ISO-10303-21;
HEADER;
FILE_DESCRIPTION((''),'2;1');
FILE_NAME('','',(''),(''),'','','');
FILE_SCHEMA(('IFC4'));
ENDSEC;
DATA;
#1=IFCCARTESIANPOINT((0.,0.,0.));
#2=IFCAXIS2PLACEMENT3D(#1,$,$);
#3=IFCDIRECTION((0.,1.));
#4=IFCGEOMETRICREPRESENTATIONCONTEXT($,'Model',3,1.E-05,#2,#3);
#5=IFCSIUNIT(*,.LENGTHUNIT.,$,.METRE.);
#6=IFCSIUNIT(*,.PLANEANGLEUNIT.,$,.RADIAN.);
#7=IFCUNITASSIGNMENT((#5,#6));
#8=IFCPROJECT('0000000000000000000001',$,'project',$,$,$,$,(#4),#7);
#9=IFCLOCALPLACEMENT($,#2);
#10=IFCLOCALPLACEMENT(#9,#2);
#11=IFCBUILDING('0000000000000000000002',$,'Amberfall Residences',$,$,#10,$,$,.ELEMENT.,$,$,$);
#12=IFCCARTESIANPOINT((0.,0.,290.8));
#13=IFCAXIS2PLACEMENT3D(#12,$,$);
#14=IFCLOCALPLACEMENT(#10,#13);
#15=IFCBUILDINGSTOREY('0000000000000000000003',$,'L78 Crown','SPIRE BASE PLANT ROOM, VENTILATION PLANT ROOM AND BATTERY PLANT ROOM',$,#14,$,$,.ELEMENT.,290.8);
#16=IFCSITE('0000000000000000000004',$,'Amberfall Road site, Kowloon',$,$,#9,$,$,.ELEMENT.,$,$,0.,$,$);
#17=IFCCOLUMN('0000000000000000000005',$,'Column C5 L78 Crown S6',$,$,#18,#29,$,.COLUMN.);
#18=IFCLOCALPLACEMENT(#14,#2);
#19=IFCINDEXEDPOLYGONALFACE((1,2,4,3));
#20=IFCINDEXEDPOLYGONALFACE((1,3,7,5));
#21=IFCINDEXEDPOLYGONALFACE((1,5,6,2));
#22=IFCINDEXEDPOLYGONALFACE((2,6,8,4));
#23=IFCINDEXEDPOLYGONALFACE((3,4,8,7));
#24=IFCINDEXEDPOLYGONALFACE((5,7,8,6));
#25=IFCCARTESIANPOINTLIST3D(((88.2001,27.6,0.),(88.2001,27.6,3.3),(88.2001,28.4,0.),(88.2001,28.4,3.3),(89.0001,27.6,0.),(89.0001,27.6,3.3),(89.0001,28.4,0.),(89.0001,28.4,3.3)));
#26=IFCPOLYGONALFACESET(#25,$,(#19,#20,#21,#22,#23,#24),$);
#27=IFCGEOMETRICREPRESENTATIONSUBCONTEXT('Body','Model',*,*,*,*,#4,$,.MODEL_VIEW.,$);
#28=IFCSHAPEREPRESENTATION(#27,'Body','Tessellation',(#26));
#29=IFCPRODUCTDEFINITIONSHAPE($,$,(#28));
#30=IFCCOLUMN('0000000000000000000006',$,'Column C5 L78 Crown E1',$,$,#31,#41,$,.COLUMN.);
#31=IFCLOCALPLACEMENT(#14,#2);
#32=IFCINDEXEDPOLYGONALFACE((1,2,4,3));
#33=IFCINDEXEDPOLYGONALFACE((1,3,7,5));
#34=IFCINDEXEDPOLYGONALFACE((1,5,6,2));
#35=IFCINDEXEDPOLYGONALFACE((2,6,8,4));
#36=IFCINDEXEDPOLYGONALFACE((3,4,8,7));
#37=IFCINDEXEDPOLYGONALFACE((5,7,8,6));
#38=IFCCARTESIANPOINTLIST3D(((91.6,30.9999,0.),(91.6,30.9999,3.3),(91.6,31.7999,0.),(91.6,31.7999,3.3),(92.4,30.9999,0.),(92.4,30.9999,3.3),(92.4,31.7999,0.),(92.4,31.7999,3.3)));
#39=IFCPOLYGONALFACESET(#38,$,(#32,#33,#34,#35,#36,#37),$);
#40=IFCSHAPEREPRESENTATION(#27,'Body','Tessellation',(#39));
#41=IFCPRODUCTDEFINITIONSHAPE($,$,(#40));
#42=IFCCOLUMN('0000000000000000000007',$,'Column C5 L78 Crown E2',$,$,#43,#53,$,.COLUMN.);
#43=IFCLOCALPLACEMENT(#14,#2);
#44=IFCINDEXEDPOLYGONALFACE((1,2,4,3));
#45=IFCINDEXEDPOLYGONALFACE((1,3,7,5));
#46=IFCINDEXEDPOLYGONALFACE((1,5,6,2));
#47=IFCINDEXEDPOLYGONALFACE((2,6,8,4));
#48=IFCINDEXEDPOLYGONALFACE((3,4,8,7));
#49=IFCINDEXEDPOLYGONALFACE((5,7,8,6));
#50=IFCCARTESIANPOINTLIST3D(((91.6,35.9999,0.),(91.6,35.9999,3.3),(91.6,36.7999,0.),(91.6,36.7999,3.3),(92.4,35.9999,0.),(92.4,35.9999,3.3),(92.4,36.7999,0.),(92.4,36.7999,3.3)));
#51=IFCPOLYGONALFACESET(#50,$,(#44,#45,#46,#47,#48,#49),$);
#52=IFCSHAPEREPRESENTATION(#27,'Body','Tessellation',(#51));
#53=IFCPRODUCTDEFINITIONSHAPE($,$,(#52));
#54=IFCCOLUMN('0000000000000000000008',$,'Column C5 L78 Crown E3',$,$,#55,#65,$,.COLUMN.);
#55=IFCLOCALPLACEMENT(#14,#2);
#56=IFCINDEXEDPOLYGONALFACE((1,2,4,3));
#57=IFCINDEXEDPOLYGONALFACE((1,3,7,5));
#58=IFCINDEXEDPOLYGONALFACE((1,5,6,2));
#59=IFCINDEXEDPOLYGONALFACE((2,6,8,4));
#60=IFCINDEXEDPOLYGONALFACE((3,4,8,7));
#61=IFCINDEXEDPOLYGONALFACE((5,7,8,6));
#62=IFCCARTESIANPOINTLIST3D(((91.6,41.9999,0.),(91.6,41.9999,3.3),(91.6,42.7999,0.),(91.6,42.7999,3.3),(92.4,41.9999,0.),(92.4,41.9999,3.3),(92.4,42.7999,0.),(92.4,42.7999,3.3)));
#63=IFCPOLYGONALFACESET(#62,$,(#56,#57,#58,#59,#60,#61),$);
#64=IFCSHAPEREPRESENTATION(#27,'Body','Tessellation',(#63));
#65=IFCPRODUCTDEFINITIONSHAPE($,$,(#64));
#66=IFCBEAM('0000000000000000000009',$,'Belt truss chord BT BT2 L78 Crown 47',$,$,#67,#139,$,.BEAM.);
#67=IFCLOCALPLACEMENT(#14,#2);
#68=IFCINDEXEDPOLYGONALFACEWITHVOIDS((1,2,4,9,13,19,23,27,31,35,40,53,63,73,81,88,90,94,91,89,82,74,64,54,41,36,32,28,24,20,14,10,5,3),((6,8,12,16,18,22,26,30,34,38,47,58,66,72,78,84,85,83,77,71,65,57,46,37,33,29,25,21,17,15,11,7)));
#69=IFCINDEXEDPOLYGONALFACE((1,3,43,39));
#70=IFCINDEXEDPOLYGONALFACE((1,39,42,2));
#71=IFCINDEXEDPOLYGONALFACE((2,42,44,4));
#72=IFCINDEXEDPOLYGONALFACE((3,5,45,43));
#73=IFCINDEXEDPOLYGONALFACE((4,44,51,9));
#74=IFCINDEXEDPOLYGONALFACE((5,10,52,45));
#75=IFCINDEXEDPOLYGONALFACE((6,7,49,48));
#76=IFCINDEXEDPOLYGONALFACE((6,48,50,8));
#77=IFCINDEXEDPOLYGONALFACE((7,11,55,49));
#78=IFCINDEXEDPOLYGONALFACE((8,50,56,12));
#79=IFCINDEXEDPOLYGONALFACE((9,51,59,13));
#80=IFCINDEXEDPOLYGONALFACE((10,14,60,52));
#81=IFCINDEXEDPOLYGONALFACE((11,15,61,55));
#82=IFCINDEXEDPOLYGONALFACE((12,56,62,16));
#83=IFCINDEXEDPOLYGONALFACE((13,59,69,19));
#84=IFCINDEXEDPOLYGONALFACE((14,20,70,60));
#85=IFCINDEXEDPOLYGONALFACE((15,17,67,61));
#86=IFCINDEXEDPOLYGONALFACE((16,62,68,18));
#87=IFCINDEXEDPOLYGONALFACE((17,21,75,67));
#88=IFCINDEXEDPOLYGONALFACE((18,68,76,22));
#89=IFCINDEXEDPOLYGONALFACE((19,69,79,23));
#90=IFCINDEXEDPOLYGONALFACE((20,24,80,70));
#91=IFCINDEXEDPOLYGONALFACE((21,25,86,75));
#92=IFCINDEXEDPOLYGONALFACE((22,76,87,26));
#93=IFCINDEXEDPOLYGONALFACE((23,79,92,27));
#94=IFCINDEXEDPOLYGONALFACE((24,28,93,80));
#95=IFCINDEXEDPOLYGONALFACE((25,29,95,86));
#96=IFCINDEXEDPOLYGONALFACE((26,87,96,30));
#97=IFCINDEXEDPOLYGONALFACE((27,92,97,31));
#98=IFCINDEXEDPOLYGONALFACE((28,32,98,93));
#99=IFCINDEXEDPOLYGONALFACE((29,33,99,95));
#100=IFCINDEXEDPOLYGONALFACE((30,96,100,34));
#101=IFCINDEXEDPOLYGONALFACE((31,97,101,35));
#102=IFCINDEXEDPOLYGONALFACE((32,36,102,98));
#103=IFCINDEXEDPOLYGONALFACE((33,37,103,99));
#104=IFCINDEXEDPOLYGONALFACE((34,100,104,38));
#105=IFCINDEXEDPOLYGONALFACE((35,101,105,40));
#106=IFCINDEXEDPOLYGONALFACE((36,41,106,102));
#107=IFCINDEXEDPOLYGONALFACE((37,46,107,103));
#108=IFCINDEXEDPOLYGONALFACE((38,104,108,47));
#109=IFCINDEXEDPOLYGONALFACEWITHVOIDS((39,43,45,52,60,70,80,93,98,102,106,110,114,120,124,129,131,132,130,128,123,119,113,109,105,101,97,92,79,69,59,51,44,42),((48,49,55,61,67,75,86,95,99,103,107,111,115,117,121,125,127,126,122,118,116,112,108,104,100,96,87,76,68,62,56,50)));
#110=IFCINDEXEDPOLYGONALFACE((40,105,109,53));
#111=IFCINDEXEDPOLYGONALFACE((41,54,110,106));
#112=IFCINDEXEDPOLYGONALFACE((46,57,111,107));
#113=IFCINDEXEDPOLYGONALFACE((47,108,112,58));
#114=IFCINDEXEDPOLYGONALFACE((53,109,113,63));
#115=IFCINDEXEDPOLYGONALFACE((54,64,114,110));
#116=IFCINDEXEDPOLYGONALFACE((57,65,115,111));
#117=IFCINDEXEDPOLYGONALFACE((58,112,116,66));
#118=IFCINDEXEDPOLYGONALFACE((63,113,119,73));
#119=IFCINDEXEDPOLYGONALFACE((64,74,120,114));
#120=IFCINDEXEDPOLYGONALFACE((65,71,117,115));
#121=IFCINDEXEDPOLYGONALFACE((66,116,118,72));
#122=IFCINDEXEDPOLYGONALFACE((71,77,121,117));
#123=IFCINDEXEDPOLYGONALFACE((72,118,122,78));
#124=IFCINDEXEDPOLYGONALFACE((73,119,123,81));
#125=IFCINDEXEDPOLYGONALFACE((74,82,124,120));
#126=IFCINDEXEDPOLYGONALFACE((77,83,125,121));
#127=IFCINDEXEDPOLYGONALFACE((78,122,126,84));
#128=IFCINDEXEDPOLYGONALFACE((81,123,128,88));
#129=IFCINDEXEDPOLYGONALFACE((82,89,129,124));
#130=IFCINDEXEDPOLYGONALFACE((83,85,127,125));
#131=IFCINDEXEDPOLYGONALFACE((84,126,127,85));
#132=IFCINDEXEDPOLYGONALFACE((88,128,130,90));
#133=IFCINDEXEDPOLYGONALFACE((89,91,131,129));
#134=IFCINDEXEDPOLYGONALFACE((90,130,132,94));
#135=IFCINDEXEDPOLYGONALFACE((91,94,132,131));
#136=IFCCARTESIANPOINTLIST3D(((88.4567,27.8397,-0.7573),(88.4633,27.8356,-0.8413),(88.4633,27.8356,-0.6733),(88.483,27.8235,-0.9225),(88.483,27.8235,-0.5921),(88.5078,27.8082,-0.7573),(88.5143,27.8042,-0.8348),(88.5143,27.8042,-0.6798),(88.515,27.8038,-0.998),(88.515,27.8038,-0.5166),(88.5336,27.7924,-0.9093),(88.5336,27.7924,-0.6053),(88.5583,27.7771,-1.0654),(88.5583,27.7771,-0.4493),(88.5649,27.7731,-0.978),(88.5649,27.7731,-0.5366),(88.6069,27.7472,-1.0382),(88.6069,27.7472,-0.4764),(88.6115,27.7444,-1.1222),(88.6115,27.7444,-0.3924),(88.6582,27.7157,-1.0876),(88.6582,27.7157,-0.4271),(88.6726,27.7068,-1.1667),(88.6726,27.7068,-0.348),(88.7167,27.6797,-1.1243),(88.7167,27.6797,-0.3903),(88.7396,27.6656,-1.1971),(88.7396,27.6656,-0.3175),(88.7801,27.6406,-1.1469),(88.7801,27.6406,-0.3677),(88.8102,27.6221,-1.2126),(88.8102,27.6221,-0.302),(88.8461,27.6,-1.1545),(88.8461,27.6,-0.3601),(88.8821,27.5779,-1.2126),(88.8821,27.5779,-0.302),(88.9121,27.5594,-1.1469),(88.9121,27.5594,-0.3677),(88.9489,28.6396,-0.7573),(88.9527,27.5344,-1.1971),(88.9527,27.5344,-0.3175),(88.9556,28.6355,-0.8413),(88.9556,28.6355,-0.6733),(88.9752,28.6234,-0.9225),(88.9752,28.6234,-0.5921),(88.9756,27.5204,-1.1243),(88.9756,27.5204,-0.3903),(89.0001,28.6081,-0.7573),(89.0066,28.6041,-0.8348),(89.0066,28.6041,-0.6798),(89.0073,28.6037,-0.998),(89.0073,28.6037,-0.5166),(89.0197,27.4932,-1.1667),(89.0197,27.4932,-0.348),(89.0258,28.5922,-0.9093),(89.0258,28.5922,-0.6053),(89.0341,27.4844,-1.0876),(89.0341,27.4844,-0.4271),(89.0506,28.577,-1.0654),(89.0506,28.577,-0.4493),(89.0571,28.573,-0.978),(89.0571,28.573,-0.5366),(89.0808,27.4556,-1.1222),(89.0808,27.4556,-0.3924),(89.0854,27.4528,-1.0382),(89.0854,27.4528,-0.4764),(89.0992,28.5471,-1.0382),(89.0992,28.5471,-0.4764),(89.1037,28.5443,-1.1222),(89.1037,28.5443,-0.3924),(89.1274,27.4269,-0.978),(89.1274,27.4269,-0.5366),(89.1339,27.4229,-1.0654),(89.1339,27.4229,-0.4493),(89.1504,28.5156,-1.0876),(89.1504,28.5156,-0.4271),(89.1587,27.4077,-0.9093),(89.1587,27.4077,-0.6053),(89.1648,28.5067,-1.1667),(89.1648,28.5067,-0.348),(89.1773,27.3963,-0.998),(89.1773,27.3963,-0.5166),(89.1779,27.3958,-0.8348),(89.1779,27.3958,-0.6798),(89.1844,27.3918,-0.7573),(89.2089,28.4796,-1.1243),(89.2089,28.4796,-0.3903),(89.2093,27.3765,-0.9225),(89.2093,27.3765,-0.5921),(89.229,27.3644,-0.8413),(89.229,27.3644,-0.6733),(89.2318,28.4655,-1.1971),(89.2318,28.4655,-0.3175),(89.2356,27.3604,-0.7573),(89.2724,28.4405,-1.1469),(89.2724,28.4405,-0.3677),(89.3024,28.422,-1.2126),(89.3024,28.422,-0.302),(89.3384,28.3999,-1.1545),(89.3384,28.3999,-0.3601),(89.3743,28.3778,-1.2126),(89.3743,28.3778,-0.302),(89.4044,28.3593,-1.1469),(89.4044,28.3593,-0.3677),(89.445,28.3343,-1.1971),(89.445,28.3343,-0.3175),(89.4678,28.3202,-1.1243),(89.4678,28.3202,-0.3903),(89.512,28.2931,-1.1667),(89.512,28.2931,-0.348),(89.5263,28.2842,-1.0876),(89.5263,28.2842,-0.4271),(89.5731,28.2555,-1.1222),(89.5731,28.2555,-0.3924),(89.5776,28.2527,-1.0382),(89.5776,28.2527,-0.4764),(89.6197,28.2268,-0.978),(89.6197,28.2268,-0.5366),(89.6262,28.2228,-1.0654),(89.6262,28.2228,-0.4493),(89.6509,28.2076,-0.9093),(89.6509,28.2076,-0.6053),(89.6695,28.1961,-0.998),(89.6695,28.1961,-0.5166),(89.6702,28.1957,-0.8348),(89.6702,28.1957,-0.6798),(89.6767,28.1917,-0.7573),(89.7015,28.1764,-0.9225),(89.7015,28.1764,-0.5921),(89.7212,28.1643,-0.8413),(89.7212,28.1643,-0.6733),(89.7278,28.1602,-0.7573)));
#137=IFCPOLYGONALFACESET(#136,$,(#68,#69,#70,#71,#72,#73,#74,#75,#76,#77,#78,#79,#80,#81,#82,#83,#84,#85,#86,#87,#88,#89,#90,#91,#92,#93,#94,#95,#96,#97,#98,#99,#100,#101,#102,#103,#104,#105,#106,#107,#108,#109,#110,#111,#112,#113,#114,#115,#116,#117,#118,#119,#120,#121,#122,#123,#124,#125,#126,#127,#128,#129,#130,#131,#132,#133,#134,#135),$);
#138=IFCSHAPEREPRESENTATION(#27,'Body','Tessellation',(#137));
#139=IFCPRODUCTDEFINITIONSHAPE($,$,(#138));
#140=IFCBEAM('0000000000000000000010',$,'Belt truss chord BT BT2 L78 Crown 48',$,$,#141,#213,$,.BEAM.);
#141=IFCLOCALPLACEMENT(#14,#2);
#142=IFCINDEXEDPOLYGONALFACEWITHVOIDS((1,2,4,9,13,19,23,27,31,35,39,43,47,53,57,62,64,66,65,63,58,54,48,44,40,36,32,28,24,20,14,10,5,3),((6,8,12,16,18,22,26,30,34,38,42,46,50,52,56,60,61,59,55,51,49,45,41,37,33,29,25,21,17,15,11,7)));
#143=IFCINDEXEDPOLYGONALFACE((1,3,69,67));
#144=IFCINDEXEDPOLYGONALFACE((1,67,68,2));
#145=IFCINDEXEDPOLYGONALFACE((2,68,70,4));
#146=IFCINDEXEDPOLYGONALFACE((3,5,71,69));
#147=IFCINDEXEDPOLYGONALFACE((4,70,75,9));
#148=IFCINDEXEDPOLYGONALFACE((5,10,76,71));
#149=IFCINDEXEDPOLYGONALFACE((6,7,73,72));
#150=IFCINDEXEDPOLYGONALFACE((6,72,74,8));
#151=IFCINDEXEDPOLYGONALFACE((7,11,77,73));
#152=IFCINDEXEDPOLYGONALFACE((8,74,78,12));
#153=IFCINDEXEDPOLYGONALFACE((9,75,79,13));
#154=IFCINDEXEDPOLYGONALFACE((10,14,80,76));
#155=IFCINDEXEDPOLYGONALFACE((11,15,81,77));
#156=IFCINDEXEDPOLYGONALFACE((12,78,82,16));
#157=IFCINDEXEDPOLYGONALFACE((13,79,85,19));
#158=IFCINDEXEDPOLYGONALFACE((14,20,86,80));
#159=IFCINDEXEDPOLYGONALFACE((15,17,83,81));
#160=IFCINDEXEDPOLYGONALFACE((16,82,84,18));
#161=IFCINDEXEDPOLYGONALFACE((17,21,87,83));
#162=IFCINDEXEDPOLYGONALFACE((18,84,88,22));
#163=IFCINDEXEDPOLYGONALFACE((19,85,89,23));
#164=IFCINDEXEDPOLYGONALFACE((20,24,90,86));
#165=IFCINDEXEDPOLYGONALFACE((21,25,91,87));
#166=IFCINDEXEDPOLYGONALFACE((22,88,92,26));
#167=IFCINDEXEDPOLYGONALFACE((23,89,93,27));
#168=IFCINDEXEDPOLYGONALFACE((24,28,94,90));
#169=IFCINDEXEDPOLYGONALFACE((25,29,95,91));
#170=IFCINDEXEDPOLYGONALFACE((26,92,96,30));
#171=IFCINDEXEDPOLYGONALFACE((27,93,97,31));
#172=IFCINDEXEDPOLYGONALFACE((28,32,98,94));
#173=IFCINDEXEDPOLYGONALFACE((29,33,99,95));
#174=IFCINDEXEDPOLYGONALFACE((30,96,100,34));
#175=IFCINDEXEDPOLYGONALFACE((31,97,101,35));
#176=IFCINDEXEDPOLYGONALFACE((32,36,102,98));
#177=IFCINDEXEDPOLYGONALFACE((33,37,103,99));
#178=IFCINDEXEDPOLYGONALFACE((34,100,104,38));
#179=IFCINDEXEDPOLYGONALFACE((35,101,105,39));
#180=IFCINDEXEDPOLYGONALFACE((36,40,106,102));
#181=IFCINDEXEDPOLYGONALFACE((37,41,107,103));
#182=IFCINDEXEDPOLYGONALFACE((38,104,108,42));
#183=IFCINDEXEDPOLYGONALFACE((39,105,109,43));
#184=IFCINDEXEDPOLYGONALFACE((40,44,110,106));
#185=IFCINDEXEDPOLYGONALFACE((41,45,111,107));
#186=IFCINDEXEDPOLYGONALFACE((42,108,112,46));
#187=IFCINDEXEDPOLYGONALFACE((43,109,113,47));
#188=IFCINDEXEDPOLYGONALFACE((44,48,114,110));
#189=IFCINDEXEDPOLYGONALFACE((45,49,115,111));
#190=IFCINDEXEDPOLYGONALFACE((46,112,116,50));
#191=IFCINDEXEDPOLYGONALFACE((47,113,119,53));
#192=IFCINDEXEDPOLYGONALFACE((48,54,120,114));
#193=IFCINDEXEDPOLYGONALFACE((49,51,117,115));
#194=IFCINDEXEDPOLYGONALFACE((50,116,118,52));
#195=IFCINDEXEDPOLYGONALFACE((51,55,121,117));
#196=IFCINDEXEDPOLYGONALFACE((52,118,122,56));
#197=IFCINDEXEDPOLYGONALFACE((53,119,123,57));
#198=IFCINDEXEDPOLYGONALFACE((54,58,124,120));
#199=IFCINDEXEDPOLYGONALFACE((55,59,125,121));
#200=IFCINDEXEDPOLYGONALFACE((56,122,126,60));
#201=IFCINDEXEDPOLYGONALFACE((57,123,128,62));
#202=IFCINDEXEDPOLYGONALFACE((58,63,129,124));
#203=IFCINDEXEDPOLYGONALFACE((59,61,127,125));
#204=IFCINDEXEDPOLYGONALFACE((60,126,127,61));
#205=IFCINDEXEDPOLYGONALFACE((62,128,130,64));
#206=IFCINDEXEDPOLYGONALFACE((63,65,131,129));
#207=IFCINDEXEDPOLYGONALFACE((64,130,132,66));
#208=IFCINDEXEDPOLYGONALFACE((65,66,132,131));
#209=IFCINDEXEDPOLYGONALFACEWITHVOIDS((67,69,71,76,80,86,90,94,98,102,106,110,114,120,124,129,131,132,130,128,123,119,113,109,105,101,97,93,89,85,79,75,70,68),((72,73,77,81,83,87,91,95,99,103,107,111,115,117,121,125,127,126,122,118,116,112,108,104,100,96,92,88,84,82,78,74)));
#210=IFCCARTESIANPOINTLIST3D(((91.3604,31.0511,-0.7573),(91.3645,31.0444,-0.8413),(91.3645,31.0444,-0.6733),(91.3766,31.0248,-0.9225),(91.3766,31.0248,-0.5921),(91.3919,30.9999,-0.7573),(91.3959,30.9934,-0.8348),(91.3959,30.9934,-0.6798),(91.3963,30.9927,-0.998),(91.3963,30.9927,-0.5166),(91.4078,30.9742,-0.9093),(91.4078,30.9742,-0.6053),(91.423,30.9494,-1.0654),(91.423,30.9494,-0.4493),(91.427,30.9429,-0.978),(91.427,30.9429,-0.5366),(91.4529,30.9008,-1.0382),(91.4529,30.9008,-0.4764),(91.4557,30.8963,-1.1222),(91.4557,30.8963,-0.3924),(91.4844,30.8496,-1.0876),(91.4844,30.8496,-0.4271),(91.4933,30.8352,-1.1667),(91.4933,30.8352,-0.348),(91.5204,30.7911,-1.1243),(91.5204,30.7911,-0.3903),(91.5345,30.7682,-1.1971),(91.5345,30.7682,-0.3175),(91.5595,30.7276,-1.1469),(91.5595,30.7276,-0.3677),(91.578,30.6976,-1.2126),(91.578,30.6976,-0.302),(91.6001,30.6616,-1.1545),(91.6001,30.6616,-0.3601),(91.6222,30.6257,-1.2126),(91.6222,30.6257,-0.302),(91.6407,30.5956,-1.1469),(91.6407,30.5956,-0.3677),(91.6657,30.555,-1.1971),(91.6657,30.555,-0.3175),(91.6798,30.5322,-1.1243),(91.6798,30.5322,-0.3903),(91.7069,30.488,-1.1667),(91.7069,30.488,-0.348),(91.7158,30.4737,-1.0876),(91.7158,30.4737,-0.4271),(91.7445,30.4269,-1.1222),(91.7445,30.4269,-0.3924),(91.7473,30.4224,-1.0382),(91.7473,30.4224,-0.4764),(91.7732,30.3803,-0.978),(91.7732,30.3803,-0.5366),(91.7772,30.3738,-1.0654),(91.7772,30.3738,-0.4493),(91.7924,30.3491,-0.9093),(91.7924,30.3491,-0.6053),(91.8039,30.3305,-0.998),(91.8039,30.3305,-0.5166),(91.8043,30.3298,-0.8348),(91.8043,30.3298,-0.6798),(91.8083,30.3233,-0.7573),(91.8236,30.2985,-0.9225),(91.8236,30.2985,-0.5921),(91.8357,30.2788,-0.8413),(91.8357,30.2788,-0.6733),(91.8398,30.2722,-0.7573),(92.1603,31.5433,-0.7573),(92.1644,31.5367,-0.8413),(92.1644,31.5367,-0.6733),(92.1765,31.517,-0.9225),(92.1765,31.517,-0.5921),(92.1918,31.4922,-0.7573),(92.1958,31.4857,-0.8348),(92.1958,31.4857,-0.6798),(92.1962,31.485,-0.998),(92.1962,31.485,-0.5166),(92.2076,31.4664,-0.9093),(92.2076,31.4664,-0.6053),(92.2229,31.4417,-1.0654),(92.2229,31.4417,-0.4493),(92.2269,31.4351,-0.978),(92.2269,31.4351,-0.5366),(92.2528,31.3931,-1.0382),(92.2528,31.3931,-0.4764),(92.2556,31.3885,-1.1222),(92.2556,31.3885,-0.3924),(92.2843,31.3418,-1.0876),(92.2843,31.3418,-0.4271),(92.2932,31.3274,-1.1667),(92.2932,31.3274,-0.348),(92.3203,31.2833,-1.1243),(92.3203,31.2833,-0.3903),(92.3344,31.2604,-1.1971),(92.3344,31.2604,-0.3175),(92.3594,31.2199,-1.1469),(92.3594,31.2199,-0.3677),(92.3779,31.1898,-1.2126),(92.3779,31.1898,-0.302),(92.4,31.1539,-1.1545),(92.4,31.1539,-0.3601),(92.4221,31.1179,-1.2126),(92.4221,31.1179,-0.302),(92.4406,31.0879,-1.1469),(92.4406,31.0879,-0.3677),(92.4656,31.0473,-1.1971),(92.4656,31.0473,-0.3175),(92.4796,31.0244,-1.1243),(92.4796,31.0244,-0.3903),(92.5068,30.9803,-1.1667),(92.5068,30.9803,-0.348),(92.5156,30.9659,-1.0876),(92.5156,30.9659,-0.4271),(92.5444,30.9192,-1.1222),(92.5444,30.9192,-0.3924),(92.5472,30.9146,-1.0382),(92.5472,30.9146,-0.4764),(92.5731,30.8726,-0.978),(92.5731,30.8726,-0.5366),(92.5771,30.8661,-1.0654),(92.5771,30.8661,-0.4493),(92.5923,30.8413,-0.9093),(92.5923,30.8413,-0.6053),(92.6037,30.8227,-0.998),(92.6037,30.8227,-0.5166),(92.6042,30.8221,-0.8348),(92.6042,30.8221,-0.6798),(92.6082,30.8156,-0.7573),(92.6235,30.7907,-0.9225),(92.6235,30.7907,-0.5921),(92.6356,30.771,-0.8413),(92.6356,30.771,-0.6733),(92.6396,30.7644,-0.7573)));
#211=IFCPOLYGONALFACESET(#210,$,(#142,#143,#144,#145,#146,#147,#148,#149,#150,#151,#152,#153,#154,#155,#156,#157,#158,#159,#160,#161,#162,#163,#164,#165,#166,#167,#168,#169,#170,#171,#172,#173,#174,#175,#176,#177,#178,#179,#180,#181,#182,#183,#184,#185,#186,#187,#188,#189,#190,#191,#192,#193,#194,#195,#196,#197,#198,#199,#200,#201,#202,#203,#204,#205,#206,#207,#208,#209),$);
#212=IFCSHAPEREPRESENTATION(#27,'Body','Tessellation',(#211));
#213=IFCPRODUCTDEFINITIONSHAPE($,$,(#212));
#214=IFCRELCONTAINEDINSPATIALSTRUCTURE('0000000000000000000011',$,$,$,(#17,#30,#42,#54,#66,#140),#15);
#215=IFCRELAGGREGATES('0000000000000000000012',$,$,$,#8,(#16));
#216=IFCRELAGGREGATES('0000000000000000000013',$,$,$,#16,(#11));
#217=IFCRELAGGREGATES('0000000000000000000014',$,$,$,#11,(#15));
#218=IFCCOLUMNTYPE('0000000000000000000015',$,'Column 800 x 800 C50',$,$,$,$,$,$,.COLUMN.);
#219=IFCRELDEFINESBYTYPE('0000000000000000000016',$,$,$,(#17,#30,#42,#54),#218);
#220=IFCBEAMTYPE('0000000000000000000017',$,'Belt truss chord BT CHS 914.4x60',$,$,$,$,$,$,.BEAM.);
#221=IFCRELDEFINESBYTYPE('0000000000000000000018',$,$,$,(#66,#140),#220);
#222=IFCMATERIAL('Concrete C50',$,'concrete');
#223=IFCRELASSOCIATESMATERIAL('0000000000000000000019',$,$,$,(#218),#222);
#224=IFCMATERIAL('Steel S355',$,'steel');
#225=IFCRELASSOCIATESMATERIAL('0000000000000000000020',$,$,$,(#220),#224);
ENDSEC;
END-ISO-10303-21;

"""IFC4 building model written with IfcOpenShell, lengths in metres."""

from ifc_helpers import new_model, si_unit, direction, frame, origin, origin_2d, place, context, subcontext, project, spatial, rectangle, hollow_circle, extrude, material, material_profile, profile_set, type_object, element, save


model = new_model("IFC4")

# Units and contexts
model_context = context("Model", 3, precision=1e-05, world=origin(), true_north=direction((0.0, 1.0)))
body_context = subcontext(model_context, "Body", "Model", "MODEL_VIEW")
ifc_project = project(units=[si_unit("LENGTHUNIT", "METRE"), si_unit("PLANEANGLEUNIT", "RADIAN")], contexts=[model_context])

# Site, building, storey
site_placement = place(None, origin())
site = spatial("IfcSite", under=ifc_project, at=site_placement, Name="Amberfall Road site, Kowloon", CompositionType="ELEMENT", RefElevation=0.0)
building_placement = place(site_placement, origin())
building = spatial("IfcBuilding", under=site, at=building_placement, Name="Amberfall Residences", CompositionType="ELEMENT")
storey_placement = place(building_placement, frame((0.0, 0.0, 290.8)))
storey = spatial("IfcBuildingStorey", under=building, at=storey_placement, Name="L78 Crown", Description="SPIRE BASE PLANT ROOM, VENTILATION PLANT ROOM AND BATTERY PLANT ROOM", CompositionType="ELEMENT", Elevation=290.8)

# Columns
ifc_material_1 = material(Name="Concrete C50", Category="concrete")
ifc_material_profile_1 = material_profile(ifc_material_1, rectangle(XDim=0.8, YDim=0.8, at=origin_2d()), Name="Column 800 x 800 C50")
ifc_profile_set_1 = profile_set([ifc_material_profile_1], Name="Concrete C50")
column_type = type_object("IfcColumnType", Name="Column 800 x 800 C50", PredefinedType="COLUMN", material=ifc_profile_set_1)
for number, where, z_axis, x_axis, name in (
    (1, (88.6001, 28.0, 0.0), (0.0, 0.0, 1.0), (1.0, 0.0, 0.0), "Column C5 L78 Crown S6"),
    (2, (92.0, 31.3999, 0.0), (0.0, 0.0, 1.0), (1.0, 0.0, 0.0), "Column C5 L78 Crown E1"),
    (3, (92.0, 36.3999, 0.0), (0.0, 0.0, 1.0), (1.0, 0.0, 0.0), "Column C5 L78 Crown E2"),
    (4, (92.0, 42.3999, 0.0), (0.0, 0.0, 1.0), (1.0, 0.0, 0.0), "Column C5 L78 Crown E3"),
):
    element("IfcColumn", number, at=place(storey_placement, frame(where, z_axis=z_axis, x_axis=x_axis)), inside=storey, type_object=column_type, Name=name, PredefinedType="COLUMN", context=body_context, shape_type="SweptSolid", body=[
        extrude(rectangle(XDim=0.8, YDim=0.8, at=origin_2d()), origin(), (0.0, 0.0, 1.0), 3.3),
    ])

# Beams
ifc_material_2 = material(Name="Steel S355", Category="steel")
ifc_material_profile_2 = material_profile(ifc_material_2, hollow_circle(Radius=0.4573, WallThickness=0.0601, at=origin_2d()), Name="CHS 914.4x60")
ifc_profile_set_2 = profile_set([ifc_material_profile_2], Name="Steel S355")
beam_type_1 = type_object("IfcBeamType", Name="Belt truss chord BT CHS 914.4x60", PredefinedType="BEAM", material=ifc_profile_set_2)
for number, where, z_axis, x_axis, name in (
    (5, (89.3384, 28.3999, -0.7573), (-0.524097, -0.851658, 0.0), (0.851658, -0.524097, 0.0), "Belt truss chord BT BT2 L78 Crown 47"),
    (6, (91.6001, 30.6616, -0.7573), (0.851658, 0.524097, 0.0), (-0.524097, 0.851658, 0.0), "Belt truss chord BT BT2 L78 Crown 48"),
):
    element("IfcBeam", number, at=place(storey_placement, frame(where, z_axis=z_axis, x_axis=x_axis)), inside=storey, type_object=beam_type_1, Name=name, PredefinedType="BEAM", context=body_context, shape_type="SweptSolid", body=[
        extrude(hollow_circle(Radius=0.4573, WallThickness=0.0601, at=origin_2d()), origin(), (0.0, 0.0, 1.0), 0.9392),
    ])

save(model, "model.ifc")
